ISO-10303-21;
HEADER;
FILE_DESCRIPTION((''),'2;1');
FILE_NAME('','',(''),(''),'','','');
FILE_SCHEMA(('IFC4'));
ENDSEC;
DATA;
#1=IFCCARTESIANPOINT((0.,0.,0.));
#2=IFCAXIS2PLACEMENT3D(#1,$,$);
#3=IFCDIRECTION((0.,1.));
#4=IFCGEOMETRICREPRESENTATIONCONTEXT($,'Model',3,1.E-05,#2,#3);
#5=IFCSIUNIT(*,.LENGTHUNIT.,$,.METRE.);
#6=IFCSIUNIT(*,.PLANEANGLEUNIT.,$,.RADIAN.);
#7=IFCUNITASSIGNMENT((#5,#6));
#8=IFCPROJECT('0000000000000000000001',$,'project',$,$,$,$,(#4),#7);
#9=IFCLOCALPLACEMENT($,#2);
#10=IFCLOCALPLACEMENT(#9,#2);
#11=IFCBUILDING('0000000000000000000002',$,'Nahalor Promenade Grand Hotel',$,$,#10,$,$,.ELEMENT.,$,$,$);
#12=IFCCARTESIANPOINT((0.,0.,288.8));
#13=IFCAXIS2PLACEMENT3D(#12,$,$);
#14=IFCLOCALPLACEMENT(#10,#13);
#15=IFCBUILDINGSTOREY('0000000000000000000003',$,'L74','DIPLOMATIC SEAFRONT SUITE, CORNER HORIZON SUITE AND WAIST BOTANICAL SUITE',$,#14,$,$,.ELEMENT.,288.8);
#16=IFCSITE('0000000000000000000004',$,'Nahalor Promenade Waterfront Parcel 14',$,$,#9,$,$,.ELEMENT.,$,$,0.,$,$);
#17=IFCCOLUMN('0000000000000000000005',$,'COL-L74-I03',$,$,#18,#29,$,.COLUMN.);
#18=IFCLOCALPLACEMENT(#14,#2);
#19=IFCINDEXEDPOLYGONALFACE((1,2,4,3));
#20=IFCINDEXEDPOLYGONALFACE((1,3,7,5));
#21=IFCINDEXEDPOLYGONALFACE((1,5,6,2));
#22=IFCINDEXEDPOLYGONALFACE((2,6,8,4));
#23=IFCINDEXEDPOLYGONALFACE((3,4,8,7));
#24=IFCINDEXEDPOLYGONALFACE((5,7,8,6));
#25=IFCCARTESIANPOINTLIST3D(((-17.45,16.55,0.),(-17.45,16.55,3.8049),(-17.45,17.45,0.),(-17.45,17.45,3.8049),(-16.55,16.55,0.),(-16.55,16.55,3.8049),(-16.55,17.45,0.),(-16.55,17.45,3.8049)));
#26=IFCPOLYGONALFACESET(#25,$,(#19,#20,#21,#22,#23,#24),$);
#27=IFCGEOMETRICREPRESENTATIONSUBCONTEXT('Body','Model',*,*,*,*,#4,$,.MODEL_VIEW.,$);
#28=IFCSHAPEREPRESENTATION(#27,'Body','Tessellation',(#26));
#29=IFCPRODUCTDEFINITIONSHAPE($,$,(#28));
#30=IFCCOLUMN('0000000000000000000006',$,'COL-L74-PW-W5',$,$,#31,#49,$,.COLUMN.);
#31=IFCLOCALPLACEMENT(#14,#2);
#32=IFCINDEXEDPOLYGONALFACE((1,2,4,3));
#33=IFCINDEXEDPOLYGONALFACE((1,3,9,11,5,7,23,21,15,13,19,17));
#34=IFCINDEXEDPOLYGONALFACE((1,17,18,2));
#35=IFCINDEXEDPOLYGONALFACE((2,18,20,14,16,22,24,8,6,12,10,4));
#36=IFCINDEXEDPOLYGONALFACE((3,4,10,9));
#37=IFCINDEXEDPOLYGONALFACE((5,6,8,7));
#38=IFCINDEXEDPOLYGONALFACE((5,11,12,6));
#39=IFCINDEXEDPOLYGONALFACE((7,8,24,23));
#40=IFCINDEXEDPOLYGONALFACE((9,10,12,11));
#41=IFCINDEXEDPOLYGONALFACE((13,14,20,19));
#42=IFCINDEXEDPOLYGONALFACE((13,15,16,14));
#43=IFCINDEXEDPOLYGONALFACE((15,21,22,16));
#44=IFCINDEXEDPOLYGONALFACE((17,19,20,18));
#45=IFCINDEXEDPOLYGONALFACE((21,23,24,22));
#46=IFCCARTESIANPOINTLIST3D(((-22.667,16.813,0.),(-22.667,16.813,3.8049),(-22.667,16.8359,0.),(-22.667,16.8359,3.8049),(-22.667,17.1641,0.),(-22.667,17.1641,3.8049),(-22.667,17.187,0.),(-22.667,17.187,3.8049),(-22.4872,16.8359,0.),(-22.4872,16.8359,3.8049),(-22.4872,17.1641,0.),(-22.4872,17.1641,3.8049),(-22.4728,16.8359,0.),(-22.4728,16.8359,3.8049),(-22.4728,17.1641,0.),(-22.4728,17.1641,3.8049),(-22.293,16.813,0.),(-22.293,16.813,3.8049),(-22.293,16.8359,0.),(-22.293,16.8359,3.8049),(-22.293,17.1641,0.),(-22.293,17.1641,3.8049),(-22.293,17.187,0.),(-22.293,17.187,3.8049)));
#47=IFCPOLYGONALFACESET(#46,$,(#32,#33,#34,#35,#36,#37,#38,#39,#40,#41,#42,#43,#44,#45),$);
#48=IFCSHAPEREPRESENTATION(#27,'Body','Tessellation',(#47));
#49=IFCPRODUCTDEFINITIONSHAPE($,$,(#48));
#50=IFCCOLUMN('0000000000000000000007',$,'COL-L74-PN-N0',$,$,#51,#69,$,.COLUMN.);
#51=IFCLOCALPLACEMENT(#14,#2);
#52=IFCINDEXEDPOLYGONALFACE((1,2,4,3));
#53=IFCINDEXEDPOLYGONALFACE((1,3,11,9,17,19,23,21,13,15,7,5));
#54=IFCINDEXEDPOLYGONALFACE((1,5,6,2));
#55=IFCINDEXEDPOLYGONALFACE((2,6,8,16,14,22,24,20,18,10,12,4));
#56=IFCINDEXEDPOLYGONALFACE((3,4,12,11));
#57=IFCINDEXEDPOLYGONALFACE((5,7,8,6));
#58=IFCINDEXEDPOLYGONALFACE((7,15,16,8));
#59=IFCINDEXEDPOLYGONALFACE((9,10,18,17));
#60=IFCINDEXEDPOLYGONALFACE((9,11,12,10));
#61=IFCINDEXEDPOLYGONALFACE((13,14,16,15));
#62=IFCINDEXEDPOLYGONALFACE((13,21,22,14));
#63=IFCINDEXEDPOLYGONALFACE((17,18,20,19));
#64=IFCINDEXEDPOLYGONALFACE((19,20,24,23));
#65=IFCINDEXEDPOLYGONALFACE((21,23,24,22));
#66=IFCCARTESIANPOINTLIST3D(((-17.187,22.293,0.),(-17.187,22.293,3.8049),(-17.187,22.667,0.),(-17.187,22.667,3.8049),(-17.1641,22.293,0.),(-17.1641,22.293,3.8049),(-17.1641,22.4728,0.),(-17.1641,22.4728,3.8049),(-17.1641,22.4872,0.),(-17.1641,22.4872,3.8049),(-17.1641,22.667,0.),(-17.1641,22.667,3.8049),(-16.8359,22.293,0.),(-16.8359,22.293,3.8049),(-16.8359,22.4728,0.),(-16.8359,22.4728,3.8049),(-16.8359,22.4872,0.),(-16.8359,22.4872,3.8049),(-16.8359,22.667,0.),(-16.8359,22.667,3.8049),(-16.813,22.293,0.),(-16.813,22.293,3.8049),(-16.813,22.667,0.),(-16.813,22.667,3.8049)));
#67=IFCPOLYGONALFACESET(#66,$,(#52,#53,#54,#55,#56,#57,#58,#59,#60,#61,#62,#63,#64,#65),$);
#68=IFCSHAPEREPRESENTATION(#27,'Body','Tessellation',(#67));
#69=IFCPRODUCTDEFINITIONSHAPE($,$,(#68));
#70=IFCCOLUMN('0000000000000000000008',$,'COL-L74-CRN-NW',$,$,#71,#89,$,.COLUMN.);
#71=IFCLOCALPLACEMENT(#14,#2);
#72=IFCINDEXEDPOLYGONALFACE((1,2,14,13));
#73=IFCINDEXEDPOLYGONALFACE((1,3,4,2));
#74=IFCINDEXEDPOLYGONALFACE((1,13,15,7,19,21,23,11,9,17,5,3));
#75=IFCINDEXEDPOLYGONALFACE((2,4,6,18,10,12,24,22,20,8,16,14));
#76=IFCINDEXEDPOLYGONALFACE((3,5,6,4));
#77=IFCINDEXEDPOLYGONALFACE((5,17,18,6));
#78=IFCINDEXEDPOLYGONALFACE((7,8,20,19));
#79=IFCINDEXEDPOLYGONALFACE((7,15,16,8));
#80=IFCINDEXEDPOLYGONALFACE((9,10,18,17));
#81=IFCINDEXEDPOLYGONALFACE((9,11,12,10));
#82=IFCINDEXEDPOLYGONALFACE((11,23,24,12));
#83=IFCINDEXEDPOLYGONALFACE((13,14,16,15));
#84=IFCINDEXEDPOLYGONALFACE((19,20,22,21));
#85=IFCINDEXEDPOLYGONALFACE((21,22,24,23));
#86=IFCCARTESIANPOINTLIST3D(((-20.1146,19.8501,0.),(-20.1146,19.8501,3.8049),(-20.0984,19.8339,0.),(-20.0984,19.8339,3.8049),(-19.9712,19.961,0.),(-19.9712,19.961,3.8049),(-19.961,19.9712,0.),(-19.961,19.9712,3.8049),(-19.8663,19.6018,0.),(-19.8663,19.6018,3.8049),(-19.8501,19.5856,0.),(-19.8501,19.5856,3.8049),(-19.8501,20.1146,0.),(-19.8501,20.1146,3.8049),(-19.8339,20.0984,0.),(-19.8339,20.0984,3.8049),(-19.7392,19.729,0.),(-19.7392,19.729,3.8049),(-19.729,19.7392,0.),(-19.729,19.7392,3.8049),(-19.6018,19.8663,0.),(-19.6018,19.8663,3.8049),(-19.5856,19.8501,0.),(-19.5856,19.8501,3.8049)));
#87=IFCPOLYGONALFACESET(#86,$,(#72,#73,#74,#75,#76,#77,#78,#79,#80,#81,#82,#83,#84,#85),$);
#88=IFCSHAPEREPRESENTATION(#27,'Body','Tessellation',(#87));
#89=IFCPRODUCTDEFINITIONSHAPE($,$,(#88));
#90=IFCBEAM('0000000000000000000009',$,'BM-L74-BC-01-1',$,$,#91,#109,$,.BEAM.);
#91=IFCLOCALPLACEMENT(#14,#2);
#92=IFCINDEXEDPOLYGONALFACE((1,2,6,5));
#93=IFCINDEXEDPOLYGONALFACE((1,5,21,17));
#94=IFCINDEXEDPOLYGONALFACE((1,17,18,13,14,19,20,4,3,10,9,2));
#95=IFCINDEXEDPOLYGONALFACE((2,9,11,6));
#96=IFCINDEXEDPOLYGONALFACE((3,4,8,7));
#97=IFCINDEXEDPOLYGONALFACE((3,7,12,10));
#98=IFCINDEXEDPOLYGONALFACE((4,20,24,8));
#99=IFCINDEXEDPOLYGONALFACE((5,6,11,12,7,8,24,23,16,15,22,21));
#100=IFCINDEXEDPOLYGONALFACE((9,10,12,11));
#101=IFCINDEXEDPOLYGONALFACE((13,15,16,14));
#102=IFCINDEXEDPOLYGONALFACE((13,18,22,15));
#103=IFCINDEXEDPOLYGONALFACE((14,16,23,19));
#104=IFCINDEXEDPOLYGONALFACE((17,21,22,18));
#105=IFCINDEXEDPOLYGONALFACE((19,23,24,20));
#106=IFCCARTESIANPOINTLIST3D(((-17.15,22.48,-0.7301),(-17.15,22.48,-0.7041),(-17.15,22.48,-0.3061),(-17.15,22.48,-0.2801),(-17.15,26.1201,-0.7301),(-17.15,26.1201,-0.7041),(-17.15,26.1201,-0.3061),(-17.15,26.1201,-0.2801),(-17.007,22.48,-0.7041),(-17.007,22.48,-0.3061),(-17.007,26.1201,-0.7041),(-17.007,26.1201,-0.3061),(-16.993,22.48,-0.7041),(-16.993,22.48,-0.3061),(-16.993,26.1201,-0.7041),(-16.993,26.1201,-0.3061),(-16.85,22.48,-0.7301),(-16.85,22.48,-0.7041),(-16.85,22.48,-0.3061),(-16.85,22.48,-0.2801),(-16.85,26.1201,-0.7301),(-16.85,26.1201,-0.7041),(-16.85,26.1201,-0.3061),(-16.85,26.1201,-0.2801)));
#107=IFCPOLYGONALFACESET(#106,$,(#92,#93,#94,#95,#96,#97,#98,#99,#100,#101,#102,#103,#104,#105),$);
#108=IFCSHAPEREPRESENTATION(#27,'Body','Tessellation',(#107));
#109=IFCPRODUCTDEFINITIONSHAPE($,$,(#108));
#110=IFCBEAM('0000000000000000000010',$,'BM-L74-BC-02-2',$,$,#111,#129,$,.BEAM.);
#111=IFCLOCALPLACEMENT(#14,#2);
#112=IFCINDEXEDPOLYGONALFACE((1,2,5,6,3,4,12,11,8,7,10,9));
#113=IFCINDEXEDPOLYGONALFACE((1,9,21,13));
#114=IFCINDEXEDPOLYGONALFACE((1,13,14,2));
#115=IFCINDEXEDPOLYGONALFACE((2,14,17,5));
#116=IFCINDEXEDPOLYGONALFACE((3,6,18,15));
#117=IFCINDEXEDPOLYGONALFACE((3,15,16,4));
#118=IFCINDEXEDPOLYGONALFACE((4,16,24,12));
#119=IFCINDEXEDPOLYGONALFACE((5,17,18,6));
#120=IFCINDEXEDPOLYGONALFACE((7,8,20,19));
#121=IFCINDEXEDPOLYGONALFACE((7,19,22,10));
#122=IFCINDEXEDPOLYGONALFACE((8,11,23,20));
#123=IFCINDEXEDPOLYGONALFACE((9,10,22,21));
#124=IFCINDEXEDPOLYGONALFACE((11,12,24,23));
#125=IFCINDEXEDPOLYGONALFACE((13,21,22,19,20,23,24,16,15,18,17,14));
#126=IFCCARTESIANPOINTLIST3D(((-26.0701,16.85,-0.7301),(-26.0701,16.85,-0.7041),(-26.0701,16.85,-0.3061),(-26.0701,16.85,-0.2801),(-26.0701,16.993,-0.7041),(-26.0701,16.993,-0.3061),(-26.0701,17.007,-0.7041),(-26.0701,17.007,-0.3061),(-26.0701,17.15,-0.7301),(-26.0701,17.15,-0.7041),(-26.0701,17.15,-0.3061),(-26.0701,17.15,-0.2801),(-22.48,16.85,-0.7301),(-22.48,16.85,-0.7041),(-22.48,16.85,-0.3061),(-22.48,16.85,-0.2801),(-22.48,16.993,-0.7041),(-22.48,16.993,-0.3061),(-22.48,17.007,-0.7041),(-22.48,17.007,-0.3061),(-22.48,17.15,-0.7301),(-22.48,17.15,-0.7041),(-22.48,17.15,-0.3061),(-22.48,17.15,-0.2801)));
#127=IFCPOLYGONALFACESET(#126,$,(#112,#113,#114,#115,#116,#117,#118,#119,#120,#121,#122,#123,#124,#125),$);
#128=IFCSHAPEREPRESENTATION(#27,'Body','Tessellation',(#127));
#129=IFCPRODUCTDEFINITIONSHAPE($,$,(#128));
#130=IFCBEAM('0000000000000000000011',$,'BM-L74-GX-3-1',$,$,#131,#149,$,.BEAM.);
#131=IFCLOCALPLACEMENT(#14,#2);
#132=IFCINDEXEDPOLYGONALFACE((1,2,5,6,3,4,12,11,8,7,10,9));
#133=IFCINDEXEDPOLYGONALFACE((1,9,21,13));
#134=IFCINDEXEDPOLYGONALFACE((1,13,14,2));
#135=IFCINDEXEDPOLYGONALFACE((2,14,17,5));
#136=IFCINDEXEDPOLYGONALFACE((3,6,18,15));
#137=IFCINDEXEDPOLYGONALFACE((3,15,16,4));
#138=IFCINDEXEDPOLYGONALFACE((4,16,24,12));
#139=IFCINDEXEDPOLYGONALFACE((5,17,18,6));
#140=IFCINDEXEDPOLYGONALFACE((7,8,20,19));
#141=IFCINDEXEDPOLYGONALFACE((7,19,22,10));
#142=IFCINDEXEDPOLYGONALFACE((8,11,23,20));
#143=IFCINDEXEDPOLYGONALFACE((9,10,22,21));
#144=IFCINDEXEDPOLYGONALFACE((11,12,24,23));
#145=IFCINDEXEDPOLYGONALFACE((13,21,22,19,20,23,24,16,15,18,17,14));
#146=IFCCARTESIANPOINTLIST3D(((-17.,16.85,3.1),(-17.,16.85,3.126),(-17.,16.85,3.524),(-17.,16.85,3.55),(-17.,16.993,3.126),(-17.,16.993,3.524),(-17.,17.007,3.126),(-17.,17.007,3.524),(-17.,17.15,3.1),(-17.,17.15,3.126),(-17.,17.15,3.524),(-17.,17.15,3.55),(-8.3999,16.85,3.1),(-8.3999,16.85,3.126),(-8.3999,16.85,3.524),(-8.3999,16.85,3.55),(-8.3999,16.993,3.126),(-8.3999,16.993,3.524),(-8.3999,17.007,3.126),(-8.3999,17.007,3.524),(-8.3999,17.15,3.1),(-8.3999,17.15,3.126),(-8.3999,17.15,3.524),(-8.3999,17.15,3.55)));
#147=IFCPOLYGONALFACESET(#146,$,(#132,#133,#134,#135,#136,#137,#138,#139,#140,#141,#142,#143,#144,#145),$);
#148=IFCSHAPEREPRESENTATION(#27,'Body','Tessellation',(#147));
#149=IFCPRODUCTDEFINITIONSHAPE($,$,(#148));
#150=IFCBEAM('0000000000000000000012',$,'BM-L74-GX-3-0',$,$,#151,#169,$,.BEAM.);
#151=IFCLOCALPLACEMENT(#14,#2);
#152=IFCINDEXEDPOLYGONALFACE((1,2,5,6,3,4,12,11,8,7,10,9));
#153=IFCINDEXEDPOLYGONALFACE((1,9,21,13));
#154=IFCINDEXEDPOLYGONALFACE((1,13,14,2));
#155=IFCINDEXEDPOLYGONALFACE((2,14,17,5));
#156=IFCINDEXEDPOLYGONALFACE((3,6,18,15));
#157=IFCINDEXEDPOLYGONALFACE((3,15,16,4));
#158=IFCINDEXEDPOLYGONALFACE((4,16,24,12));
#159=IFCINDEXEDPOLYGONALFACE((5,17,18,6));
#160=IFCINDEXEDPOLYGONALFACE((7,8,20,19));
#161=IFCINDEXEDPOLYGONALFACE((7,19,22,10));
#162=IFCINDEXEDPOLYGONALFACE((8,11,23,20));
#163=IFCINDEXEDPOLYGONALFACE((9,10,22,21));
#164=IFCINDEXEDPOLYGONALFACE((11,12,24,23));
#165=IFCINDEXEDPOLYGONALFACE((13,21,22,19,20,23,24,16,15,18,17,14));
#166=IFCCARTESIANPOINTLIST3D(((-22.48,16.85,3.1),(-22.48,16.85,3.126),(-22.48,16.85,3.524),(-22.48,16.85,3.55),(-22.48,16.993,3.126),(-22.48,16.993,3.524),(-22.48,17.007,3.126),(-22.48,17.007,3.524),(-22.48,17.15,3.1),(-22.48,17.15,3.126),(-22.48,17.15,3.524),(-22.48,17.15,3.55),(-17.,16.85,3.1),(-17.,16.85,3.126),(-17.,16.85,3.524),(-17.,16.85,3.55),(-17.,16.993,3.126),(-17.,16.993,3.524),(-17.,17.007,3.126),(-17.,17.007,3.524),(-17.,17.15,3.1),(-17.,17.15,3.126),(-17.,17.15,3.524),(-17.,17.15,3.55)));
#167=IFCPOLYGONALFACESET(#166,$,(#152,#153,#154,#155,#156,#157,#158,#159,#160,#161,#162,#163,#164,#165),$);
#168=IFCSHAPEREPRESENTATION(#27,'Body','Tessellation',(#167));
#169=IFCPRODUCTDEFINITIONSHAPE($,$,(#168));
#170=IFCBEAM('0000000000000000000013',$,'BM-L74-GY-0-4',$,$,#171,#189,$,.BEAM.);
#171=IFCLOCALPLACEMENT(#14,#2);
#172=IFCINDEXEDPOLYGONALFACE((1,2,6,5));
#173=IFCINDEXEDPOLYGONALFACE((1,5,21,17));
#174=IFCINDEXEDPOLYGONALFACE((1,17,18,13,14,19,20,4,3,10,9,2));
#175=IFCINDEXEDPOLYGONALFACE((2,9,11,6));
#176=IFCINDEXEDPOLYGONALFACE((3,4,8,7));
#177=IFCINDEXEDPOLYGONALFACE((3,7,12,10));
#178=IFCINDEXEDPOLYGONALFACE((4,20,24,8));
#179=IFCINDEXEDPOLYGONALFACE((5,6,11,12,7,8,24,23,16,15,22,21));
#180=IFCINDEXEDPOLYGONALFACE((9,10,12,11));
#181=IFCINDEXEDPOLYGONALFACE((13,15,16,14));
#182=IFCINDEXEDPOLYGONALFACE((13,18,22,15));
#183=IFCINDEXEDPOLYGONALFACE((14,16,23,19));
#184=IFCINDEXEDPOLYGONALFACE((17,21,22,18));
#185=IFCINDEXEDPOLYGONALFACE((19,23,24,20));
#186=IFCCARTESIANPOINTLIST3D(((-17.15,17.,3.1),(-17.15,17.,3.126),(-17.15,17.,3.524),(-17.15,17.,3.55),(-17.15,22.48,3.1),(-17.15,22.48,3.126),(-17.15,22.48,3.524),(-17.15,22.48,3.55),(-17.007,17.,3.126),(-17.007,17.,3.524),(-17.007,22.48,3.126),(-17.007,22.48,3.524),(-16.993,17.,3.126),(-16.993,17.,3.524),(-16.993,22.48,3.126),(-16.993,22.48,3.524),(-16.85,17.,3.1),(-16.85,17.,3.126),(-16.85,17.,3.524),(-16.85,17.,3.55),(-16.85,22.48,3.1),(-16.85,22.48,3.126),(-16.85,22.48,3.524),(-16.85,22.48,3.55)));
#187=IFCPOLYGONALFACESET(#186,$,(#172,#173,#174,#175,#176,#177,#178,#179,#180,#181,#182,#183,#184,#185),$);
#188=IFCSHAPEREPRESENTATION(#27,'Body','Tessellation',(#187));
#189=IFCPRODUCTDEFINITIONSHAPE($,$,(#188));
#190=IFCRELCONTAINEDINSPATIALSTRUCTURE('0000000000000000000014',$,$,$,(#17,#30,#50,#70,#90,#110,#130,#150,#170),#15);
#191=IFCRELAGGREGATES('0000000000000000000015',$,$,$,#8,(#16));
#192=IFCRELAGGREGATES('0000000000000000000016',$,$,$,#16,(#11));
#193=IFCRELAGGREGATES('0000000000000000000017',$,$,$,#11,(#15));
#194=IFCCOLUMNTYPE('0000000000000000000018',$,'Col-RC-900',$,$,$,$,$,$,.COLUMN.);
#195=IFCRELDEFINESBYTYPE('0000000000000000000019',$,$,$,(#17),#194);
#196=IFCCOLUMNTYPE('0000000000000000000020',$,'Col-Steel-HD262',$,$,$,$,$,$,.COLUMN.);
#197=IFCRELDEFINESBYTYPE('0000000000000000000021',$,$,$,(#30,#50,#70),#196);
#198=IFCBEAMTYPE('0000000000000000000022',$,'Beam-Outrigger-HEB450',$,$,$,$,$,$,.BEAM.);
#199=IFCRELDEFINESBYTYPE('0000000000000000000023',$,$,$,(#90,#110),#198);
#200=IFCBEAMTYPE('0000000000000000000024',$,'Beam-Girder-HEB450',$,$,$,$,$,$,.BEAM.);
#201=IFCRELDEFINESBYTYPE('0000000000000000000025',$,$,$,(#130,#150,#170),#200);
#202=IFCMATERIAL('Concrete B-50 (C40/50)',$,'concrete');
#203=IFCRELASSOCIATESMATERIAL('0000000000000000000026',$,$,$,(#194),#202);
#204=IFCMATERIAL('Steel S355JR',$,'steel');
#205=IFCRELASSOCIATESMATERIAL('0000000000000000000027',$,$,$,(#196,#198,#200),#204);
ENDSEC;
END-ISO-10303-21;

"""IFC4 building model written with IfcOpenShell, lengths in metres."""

from ifc_helpers import new_model, si_unit, direction, frame, origin, origin_2d, place, context, subcontext, project, spatial, rectangle, i_section, extrude, source, transform, mapped, material, material_profile, profile_set, type_object, element, save


model = new_model("IFC4")

# Units and contexts
model_context = context("Model", 3, precision=1e-05, world=origin(), true_north=direction((0.0, 1.0)))
body_context = subcontext(model_context, "Body", "Model", "MODEL_VIEW")
ifc_project = project(units=[si_unit("LENGTHUNIT", "METRE"), si_unit("PLANEANGLEUNIT", "RADIAN")], contexts=[model_context])

# Site, building, storey
site_placement = place(None, origin())
site = spatial("IfcSite", under=ifc_project, at=site_placement, Name="Nahalor Promenade Waterfront Parcel 14", CompositionType="ELEMENT", RefElevation=0.0)
building_placement = place(site_placement, origin())
building = spatial("IfcBuilding", under=site, at=building_placement, Name="Nahalor Promenade Grand Hotel", CompositionType="ELEMENT")
storey_placement = place(building_placement, frame((0.0, 0.0, 288.8)))
storey = spatial("IfcBuildingStorey", under=building, at=storey_placement, Name="L74", Description="DIPLOMATIC SEAFRONT SUITE, CORNER HORIZON SUITE AND WAIST BOTANICAL SUITE", CompositionType="ELEMENT", Elevation=288.8)

# Columns
ifc_material_1 = material(Name="Concrete B-50 (C40/50)", Category="concrete")
ifc_material_profile_1 = material_profile(ifc_material_1, rectangle(XDim=0.9, YDim=0.9, at=origin_2d()), Name="RC 900x900")
ifc_profile_set_1 = profile_set([ifc_material_profile_1], Name="Concrete B-50 (C40/50)")
column_type_1 = type_object("IfcColumnType", Name="Col-RC-900", PredefinedType="COLUMN", material=ifc_profile_set_1)
shared_shape_1 = source(origin(), body_context, "Body", "SweptSolid", [
    extrude(rectangle(XDim=0.9, YDim=0.9, at=origin_2d()), origin(), (0.0, 0.0, 1.0), 3.8049),
])
column_placement = place(storey_placement, frame((-17.0, 17.0, 0.0), z_axis=(0.0, 0.0, 1.0), x_axis=(1.0, 0.0, 0.0)))
element("IfcColumn", 1, at=column_placement, inside=storey, type_object=column_type_1, Name="COL-L74-I03", PredefinedType="COLUMN", context=body_context, shape_type="MappedRepresentation", body=[
    mapped(shared_shape_1, transform((0.0, 0.0, 0.0), scale=1.0)),
])
ifc_material_2 = material(Name="Steel S355JR", Category="steel")
ifc_material_profile_2 = material_profile(ifc_material_2, i_section(OverallWidth=0.374, OverallDepth=0.374, WebThickness=0.0144, FlangeThickness=0.0229, at=origin_2d()), Name="HD 360x262")
ifc_profile_set_2 = profile_set([ifc_material_profile_2], Name="Steel S355JR")
column_type_2 = type_object("IfcColumnType", Name="Col-Steel-HD262", PredefinedType="COLUMN", material=ifc_profile_set_2)
shared_shape_2 = source(origin(), body_context, "Body", "SweptSolid", [
    extrude(i_section(OverallWidth=0.374, OverallDepth=0.374, WebThickness=0.0144, FlangeThickness=0.0229, at=origin_2d()), origin(), (0.0, 0.0, 1.0), 3.8049),
])
for number, where, z_axis, x_axis, name in (
    (2, (-22.48, 17.0, 0.0), (0.0, 0.0, 1.0), (1.0, 0.0, 0.0), "COL-L74-PW-W5"),
    (3, (-17.0, 22.48, 0.0), (0.0, 0.0, 1.0), (0.0, 1.0, 0.0), "COL-L74-PN-N0"),
    (4, (-19.8501, 19.8501, 0.0), (0.0, 0.0, 1.0), (0.707107, 0.707107, 0.0), "COL-L74-CRN-NW"),
):
    element("IfcColumn", number, at=place(storey_placement, frame(where, z_axis=z_axis, x_axis=x_axis)), inside=storey, type_object=column_type_2, Name=name, PredefinedType="COLUMN", context=body_context, shape_type="MappedRepresentation", body=[
        mapped(shared_shape_2, transform((0.0, 0.0, 0.0), scale=1.0)),
    ])

# Beams
ifc_material_profile_3 = material_profile(ifc_material_2, i_section(OverallWidth=0.3, OverallDepth=0.45, WebThickness=0.014, FlangeThickness=0.026, at=origin_2d()), Name="HEB 450")
ifc_profile_set_3 = profile_set([ifc_material_profile_3], Name="Steel S355JR")
beam_type_1 = type_object("IfcBeamType", Name="Beam-Outrigger-HEB450", PredefinedType="BEAM", material=ifc_profile_set_3)
shared_shape_3 = source(origin(), body_context, "Body", "SweptSolid", [
    extrude(i_section(OverallWidth=0.3, OverallDepth=0.45, WebThickness=0.014, FlangeThickness=0.026, at=origin_2d()), origin(), (0.0, 0.0, 1.0), 3.6401),
])
beam_1_placement = place(storey_placement, frame((-17.0, 22.48, -0.5051), z_axis=(0.0, 1.0, 0.0), x_axis=(-1.0, 0.0, 0.0)))
element("IfcBeam", 5, at=beam_1_placement, inside=storey, type_object=beam_type_1, Name="BM-L74-BC-01-1", PredefinedType="BEAM", context=body_context, shape_type="MappedRepresentation", body=[
    mapped(shared_shape_3, transform((0.0, 0.0, 0.0), scale=1.0)),
])
shared_shape_4 = source(origin(), body_context, "Body", "SweptSolid", [
    extrude(i_section(OverallWidth=0.3, OverallDepth=0.45, WebThickness=0.014, FlangeThickness=0.026, at=origin_2d()), origin(), (0.0, 0.0, 1.0), 3.5901),
])
beam_2_placement = place(storey_placement, frame((-26.0701, 17.0, -0.5051), z_axis=(1.0, 0.0, 0.0), x_axis=(0.0, 1.0, 0.0)))
element("IfcBeam", 6, at=beam_2_placement, inside=storey, type_object=beam_type_1, Name="BM-L74-BC-02-2", PredefinedType="BEAM", context=body_context, shape_type="MappedRepresentation", body=[
    mapped(shared_shape_4, transform((0.0, 0.0, 0.0), scale=1.0)),
])
ifc_material_profile_4 = material_profile(ifc_material_2, i_section(OverallWidth=0.3, OverallDepth=0.45, WebThickness=0.014, FlangeThickness=0.026, at=origin_2d()), Name="HEB 450")
ifc_profile_set_4 = profile_set([ifc_material_profile_4], Name="Steel S355JR")
beam_type_2 = type_object("IfcBeamType", Name="Beam-Girder-HEB450", PredefinedType="BEAM", material=ifc_profile_set_4)
shared_shape_5 = source(origin(), body_context, "Body", "SweptSolid", [
    extrude(i_section(OverallWidth=0.3, OverallDepth=0.45, WebThickness=0.014, FlangeThickness=0.026, at=origin_2d()), origin(), (0.0, 0.0, 1.0), 8.6001),
])
beam_3_placement = place(storey_placement, frame((-17.0, 17.0, 3.325), z_axis=(1.0, 0.0, 0.0), x_axis=(0.0, 1.0, 0.0)))
element("IfcBeam", 7, at=beam_3_placement, inside=storey, type_object=beam_type_2, Name="BM-L74-GX-3-1", PredefinedType="BEAM", context=body_context, shape_type="MappedRepresentation", body=[
    mapped(shared_shape_5, transform((0.0, 0.0, 0.0), scale=1.0)),
])
shared_shape_6 = source(origin(), body_context, "Body", "SweptSolid", [
    extrude(i_section(OverallWidth=0.3, OverallDepth=0.45, WebThickness=0.014, FlangeThickness=0.026, at=origin_2d()), origin(), (0.0, 0.0, 1.0), 5.48),
])
for number, where, z_axis, x_axis, name in (
    (8, (-22.48, 17.0, 3.325), (1.0, 0.0, 0.0), (0.0, 1.0, 0.0), "BM-L74-GX-3-0"),
    (9, (-17.0, 17.0, 3.325), (0.0, 1.0, 0.0), (-1.0, 0.0, 0.0), "BM-L74-GY-0-4"),
):
    element("IfcBeam", number, at=place(storey_placement, frame(where, z_axis=z_axis, x_axis=x_axis)), inside=storey, type_object=beam_type_2, Name=name, PredefinedType="BEAM", context=body_context, shape_type="MappedRepresentation", body=[
        mapped(shared_shape_6, transform((0.0, 0.0, 0.0), scale=1.0)),
    ])

save(model, "model.ifc")
